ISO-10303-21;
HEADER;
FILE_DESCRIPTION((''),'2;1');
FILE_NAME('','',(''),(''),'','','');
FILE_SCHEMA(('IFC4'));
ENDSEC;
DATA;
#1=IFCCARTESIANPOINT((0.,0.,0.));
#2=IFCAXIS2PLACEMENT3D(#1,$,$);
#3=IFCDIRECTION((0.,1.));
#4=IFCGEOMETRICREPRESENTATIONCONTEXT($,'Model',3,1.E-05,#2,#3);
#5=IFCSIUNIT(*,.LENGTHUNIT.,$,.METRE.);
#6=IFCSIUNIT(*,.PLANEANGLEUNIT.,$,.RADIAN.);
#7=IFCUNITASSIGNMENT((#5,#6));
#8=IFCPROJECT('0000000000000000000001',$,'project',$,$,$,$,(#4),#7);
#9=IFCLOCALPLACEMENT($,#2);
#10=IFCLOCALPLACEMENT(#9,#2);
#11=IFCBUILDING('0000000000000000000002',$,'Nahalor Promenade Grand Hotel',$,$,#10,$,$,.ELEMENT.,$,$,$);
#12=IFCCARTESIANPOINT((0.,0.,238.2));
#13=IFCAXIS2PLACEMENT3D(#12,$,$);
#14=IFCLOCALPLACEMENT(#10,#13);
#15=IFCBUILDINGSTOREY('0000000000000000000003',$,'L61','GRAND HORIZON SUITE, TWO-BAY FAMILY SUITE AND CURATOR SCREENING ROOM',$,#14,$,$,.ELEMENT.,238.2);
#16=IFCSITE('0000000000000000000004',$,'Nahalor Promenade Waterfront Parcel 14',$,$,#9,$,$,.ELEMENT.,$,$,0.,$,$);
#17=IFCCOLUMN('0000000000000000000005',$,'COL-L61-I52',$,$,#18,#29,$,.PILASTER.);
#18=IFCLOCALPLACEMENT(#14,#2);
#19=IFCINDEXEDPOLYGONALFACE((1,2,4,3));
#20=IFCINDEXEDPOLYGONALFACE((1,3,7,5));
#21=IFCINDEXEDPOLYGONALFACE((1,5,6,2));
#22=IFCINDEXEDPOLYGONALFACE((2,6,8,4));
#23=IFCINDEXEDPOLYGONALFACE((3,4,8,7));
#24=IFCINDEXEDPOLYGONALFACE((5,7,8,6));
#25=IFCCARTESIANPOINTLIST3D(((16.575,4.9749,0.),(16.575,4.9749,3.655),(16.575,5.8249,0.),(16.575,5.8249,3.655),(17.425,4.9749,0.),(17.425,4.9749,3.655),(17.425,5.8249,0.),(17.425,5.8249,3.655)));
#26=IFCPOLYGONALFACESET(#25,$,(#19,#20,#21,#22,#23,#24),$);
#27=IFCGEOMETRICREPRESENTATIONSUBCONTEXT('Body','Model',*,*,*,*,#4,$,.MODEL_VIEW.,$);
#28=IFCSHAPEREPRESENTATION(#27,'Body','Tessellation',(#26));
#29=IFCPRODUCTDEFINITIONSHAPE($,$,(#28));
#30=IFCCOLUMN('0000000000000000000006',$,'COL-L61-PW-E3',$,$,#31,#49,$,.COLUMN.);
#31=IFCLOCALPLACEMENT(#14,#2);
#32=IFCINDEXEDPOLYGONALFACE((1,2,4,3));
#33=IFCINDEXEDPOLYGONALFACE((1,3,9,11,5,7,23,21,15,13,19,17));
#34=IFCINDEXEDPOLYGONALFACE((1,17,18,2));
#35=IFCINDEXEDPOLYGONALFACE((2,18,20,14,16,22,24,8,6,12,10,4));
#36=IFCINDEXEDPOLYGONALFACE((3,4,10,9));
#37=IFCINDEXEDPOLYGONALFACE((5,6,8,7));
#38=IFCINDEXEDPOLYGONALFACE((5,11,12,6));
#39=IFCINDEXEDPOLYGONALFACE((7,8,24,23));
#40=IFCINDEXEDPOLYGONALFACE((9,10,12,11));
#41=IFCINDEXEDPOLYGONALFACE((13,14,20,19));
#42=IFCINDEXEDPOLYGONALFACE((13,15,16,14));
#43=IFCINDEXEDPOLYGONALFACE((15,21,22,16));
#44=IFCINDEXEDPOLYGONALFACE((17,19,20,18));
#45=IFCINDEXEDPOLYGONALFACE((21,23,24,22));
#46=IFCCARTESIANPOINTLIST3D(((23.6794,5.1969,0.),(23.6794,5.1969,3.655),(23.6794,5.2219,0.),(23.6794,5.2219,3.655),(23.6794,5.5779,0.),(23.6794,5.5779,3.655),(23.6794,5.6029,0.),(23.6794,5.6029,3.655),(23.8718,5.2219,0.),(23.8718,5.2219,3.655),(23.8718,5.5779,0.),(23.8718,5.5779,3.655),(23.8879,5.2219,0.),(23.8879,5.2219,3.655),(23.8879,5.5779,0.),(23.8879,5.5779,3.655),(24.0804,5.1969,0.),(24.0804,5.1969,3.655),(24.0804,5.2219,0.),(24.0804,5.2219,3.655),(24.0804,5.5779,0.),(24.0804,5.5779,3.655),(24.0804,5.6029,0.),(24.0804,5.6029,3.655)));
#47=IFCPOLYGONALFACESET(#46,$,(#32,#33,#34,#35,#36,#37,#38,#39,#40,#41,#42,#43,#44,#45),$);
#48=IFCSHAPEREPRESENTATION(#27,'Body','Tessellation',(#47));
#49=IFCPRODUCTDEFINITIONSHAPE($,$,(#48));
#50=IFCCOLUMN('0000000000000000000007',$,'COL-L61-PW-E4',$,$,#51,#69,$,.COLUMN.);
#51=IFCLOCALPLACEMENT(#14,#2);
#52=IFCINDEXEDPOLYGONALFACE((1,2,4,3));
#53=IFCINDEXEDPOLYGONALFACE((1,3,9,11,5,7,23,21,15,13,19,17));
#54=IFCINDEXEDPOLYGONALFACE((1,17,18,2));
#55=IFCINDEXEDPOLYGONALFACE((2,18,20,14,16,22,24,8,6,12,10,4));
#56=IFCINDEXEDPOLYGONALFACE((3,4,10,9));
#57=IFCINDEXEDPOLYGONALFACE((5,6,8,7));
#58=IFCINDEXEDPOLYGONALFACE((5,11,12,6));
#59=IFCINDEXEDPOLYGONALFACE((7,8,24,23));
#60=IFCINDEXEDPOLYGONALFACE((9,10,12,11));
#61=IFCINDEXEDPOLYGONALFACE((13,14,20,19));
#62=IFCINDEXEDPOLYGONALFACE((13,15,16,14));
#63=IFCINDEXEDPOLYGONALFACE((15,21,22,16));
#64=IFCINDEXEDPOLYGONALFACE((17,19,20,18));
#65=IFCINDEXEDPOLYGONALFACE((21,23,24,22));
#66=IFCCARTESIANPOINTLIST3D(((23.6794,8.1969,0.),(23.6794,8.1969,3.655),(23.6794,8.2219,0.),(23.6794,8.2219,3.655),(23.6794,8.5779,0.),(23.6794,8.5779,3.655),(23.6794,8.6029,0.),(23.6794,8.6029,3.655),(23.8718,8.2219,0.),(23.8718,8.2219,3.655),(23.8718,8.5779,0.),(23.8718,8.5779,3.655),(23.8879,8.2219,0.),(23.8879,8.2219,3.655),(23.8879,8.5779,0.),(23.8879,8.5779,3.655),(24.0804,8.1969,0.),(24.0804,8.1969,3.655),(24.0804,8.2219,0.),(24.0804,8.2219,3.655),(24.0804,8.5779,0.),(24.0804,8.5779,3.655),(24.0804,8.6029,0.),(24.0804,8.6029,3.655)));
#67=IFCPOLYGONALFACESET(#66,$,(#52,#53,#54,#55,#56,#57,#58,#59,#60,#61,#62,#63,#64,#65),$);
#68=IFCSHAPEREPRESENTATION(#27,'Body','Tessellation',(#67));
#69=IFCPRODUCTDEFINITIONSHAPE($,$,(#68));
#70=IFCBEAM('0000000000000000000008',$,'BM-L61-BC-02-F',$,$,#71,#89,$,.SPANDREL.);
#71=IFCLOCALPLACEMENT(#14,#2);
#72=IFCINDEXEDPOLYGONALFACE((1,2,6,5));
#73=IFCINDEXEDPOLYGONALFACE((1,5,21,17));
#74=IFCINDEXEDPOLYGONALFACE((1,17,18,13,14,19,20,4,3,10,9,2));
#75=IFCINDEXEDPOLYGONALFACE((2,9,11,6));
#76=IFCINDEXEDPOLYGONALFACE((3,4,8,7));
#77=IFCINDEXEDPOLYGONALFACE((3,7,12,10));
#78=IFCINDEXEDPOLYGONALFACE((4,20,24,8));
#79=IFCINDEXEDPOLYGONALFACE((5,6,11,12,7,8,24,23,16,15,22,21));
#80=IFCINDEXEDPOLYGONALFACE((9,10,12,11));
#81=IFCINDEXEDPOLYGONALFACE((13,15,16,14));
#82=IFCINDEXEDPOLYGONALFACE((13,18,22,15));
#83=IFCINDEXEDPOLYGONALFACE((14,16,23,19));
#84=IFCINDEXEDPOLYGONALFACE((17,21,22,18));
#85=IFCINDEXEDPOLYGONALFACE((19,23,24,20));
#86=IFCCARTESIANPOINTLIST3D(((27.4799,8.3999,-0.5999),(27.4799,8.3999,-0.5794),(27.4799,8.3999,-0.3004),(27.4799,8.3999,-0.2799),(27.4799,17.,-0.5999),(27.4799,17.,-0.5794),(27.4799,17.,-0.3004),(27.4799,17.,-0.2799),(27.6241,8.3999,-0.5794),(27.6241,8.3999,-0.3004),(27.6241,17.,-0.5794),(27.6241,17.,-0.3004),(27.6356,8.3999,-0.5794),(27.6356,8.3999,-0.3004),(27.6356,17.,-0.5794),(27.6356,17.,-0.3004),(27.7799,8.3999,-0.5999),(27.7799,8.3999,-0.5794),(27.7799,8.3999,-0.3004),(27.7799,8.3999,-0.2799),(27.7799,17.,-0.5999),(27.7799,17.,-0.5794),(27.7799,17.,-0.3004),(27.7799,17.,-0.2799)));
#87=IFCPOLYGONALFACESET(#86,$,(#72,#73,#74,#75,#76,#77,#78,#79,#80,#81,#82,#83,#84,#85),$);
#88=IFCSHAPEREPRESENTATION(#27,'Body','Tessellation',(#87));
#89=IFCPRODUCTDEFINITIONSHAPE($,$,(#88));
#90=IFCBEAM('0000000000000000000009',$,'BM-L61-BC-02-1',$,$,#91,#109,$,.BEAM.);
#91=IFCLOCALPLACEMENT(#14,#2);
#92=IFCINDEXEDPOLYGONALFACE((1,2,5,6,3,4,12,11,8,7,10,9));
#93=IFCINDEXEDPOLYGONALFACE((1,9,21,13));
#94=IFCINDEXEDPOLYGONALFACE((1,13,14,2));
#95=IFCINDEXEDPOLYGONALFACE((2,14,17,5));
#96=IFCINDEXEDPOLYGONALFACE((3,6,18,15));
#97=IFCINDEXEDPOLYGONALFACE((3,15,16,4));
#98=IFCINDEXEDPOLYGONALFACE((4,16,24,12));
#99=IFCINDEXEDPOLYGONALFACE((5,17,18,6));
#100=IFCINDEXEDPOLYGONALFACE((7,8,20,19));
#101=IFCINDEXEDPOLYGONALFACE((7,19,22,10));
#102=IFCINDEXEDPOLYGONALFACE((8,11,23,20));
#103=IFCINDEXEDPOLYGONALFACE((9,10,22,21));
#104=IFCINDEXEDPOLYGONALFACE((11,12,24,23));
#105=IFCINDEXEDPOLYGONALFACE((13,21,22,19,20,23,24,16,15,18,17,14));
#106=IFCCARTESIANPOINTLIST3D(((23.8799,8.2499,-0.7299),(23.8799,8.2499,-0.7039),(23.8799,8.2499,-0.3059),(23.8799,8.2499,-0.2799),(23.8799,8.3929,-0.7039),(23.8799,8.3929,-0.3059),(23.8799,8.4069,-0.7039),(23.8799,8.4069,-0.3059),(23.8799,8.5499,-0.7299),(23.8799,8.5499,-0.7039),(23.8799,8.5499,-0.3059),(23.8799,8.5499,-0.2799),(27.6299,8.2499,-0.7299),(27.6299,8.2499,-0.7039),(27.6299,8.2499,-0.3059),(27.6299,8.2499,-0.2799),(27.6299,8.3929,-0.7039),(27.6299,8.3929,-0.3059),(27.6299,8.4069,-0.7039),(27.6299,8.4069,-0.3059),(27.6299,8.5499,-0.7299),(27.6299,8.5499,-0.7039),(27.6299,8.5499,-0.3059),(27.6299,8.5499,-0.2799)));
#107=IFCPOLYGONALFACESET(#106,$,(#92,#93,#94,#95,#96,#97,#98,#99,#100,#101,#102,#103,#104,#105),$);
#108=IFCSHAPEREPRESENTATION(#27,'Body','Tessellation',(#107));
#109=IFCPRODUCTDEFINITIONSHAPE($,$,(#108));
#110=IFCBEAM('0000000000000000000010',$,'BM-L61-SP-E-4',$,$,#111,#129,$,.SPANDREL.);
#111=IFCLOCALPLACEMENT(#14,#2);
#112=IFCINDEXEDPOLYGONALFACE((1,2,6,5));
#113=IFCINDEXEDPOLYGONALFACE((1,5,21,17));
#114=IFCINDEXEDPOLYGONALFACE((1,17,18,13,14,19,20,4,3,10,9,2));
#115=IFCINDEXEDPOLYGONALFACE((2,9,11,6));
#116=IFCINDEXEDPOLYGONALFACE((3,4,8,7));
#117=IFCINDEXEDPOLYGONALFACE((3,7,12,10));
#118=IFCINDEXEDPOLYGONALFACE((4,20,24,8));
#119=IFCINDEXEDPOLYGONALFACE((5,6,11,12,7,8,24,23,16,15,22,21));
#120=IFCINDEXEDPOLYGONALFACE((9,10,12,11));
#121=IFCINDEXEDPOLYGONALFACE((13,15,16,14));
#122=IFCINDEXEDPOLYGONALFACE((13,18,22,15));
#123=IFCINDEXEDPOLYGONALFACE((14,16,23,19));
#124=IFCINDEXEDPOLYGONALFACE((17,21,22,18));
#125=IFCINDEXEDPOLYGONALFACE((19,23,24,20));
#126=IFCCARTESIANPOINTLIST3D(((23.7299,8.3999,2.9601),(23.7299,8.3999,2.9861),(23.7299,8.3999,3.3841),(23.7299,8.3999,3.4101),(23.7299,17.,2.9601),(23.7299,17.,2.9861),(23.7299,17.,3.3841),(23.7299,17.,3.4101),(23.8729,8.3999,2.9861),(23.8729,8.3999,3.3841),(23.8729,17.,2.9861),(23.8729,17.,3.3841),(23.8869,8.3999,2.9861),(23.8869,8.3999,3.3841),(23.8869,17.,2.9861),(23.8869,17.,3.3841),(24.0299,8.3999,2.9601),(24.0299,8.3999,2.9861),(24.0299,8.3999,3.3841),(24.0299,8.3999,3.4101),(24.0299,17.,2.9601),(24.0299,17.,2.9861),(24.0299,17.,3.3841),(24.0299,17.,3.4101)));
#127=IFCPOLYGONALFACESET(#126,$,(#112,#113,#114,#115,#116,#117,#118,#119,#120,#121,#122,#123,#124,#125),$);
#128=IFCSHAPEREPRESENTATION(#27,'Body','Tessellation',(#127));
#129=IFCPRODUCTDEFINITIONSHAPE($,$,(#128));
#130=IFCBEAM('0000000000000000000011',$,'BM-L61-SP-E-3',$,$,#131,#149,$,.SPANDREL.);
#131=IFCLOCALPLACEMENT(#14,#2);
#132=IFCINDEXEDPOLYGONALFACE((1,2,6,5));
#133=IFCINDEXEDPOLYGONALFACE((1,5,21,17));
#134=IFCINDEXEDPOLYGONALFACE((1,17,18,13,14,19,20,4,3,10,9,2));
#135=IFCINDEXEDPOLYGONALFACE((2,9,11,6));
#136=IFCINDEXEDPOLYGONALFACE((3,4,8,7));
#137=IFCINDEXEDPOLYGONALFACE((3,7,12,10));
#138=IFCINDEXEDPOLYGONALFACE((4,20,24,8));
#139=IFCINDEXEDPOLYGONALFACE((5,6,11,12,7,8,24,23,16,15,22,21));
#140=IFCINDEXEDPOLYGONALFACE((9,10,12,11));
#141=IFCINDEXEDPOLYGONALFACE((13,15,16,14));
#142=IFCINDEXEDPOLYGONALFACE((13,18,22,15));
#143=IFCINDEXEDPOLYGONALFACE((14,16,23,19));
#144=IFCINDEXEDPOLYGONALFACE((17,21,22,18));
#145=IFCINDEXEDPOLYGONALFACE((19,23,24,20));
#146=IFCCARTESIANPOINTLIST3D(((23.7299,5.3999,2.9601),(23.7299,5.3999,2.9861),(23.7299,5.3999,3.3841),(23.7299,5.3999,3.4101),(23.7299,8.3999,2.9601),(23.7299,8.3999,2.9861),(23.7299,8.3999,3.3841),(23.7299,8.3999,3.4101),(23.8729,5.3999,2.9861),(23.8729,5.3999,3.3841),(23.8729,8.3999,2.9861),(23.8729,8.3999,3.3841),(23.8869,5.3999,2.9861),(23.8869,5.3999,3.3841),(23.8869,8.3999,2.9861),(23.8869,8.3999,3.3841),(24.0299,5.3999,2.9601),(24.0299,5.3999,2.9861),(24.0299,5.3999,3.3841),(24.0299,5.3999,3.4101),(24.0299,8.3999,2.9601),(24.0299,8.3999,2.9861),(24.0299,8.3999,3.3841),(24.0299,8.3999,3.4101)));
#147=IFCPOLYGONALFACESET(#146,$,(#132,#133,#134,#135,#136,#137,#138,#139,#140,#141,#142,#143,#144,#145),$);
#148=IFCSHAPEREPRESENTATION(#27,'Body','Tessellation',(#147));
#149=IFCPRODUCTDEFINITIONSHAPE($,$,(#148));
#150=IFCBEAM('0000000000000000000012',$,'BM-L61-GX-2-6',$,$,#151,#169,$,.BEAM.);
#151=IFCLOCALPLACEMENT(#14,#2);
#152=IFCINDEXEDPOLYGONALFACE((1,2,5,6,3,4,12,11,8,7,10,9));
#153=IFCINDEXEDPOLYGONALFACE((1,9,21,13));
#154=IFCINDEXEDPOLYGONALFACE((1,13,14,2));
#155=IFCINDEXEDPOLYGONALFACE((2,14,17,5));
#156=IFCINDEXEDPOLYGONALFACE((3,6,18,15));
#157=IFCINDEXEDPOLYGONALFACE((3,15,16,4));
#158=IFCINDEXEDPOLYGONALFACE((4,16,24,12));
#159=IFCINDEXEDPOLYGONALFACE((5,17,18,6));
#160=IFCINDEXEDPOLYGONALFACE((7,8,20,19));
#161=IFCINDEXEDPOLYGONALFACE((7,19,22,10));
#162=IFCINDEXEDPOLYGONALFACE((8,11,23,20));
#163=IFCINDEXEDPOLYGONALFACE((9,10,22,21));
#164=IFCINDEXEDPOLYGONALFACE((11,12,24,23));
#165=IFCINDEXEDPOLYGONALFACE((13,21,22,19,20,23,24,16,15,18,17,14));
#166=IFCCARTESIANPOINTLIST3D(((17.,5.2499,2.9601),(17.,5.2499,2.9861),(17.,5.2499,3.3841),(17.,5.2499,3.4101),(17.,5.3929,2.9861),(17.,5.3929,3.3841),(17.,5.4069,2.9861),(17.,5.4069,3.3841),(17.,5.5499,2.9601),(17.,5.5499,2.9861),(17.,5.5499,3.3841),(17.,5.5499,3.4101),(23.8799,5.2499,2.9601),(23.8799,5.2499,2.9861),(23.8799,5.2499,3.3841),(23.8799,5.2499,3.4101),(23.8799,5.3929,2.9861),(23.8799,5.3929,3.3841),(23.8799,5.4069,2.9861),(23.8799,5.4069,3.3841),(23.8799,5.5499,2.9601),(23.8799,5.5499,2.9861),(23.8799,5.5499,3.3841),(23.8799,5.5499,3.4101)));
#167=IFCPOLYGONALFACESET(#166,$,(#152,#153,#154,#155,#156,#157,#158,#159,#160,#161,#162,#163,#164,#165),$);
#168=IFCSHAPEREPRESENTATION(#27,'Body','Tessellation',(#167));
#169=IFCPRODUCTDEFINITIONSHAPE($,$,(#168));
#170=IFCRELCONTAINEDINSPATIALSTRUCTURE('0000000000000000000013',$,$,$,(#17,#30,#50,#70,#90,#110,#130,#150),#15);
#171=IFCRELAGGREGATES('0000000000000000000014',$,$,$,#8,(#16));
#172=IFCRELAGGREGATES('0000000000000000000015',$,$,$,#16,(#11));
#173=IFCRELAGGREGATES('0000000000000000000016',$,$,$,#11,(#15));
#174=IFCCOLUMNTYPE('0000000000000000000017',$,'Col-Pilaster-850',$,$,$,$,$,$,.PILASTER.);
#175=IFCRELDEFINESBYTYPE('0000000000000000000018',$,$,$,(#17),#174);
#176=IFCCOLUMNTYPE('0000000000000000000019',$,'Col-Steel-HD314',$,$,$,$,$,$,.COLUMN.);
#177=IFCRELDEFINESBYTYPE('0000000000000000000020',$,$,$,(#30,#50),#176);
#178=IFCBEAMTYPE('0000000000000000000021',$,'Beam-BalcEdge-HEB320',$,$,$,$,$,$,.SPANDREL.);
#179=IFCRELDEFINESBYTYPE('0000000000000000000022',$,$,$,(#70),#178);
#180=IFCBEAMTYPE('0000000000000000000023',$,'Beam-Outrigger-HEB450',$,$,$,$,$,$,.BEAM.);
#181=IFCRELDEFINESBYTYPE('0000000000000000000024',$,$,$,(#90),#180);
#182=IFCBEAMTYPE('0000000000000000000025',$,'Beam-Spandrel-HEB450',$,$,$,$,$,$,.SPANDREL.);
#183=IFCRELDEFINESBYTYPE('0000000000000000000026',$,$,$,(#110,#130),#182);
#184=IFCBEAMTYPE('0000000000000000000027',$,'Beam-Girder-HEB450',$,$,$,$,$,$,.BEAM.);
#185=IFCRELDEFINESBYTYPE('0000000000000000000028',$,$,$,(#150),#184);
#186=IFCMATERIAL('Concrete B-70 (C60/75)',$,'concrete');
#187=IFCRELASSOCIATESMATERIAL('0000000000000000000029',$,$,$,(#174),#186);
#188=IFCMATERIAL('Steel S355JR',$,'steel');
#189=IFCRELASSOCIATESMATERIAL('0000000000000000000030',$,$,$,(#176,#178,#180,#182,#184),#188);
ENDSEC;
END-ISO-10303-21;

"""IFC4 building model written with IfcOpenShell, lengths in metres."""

from ifc_helpers import new_model, si_unit, direction, frame, origin, origin_2d, place, context, subcontext, project, spatial, rectangle, i_section, extrude, source, transform, mapped, material, material_profile, profile_set, type_object, element, save


model = new_model("IFC4")

# Units and contexts
model_context = context("Model", 3, precision=1e-05, world=origin(), true_north=direction((0.0, 1.0)))
body_context = subcontext(model_context, "Body", "Model", "MODEL_VIEW")
ifc_project = project(units=[si_unit("LENGTHUNIT", "METRE"), si_unit("PLANEANGLEUNIT", "RADIAN")], contexts=[model_context])

# Site, building, storey
site_placement = place(None, origin())
site = spatial("IfcSite", under=ifc_project, at=site_placement, Name="Nahalor Promenade Waterfront Parcel 14", CompositionType="ELEMENT", RefElevation=0.0)
building_placement = place(site_placement, origin())
building = spatial("IfcBuilding", under=site, at=building_placement, Name="Nahalor Promenade Grand Hotel", CompositionType="ELEMENT")
storey_placement = place(building_placement, frame((0.0, 0.0, 238.2)))
storey = spatial("IfcBuildingStorey", under=building, at=storey_placement, Name="L61", Description="GRAND HORIZON SUITE, TWO-BAY FAMILY SUITE AND CURATOR SCREENING ROOM", CompositionType="ELEMENT", Elevation=238.2)

# Columns
ifc_material_1 = material(Name="Concrete B-70 (C60/75)", Category="concrete")
ifc_material_profile_1 = material_profile(ifc_material_1, rectangle(XDim=0.85, YDim=0.85, at=origin_2d()), Name="RC 850x850")
ifc_profile_set_1 = profile_set([ifc_material_profile_1], Name="Concrete B-70 (C60/75)")
column_type_1 = type_object("IfcColumnType", Name="Col-Pilaster-850", PredefinedType="PILASTER", material=ifc_profile_set_1)
shared_shape_1 = source(origin(), body_context, "Body", "SweptSolid", [
    extrude(rectangle(XDim=0.85, YDim=0.85, at=origin_2d()), origin(), (0.0, 0.0, 1.0), 3.655),
])
column_placement = place(storey_placement, frame((17.0, 5.3999, 0.0), z_axis=(0.0, 0.0, 1.0), x_axis=(1.0, 0.0, 0.0)))
element("IfcColumn", 1, at=column_placement, inside=storey, type_object=column_type_1, Name="COL-L61-I52", PredefinedType="PILASTER", context=body_context, shape_type="MappedRepresentation", body=[
    mapped(shared_shape_1, transform((0.0, 0.0, 0.0), scale=1.0)),
])
ifc_material_2 = material(Name="Steel S355JR", Category="steel")
ifc_material_profile_2 = material_profile(ifc_material_2, i_section(OverallWidth=0.401, OverallDepth=0.406, WebThickness=0.0161, FlangeThickness=0.025, at=origin_2d()), Name="HD 400x314")
ifc_profile_set_2 = profile_set([ifc_material_profile_2], Name="Steel S355JR")
column_type_2 = type_object("IfcColumnType", Name="Col-Steel-HD314", PredefinedType="COLUMN", material=ifc_profile_set_2)
shared_shape_2 = source(origin(), body_context, "Body", "SweptSolid", [
    extrude(i_section(OverallWidth=0.401, OverallDepth=0.406, WebThickness=0.0161, FlangeThickness=0.025, at=origin_2d()), origin(), (0.0, 0.0, 1.0), 3.655),
])
for number, where, z_axis, x_axis, name in (
    (2, (23.8799, 5.3999, 0.0), (0.0, 0.0, 1.0), (1.0, 0.0, 0.0), "COL-L61-PW-E3"),
    (3, (23.8799, 8.3999, 0.0), (0.0, 0.0, 1.0), (1.0, 0.0, 0.0), "COL-L61-PW-E4"),
):
    element("IfcColumn", number, at=place(storey_placement, frame(where, z_axis=z_axis, x_axis=x_axis)), inside=storey, type_object=column_type_2, Name=name, PredefinedType="COLUMN", context=body_context, shape_type="MappedRepresentation", body=[
        mapped(shared_shape_2, transform((0.0, 0.0, 0.0), scale=1.0)),
    ])

# Beams
ifc_material_profile_3 = material_profile(ifc_material_2, i_section(OverallWidth=0.3, OverallDepth=0.32, WebThickness=0.0115, FlangeThickness=0.0205, at=origin_2d()), Name="HEB 320")
ifc_profile_set_3 = profile_set([ifc_material_profile_3], Name="Steel S355JR")
beam_type_1 = type_object("IfcBeamType", Name="Beam-BalcEdge-HEB320", PredefinedType="SPANDREL", material=ifc_profile_set_3)
shared_shape_3 = source(origin(), body_context, "Body", "SweptSolid", [
    extrude(i_section(OverallWidth=0.3, OverallDepth=0.32, WebThickness=0.0115, FlangeThickness=0.0205, at=origin_2d()), origin(), (0.0, 0.0, 1.0), 8.6001),
])
beam_1_placement = place(storey_placement, frame((27.6299, 8.3999, -0.4399), z_axis=(0.0, 1.0, 0.0), x_axis=(-1.0, 0.0, 0.0)))
element("IfcBeam", 4, at=beam_1_placement, inside=storey, type_object=beam_type_1, Name="BM-L61-BC-02-F", PredefinedType="SPANDREL", context=body_context, shape_type="MappedRepresentation", body=[
    mapped(shared_shape_3, transform((0.0, 0.0, 0.0), scale=1.0)),
])
ifc_material_profile_4 = material_profile(ifc_material_2, i_section(OverallWidth=0.3, OverallDepth=0.45, WebThickness=0.014, FlangeThickness=0.026, at=origin_2d()), Name="HEB 450")
ifc_profile_set_4 = profile_set([ifc_material_profile_4], Name="Steel S355JR")
beam_type_2 = type_object("IfcBeamType", Name="Beam-Outrigger-HEB450", PredefinedType="BEAM", material=ifc_profile_set_4)
shared_shape_4 = source(origin(), body_context, "Body", "SweptSolid", [
    extrude(i_section(OverallWidth=0.3, OverallDepth=0.45, WebThickness=0.014, FlangeThickness=0.026, at=origin_2d()), origin(), (0.0, 0.0, 1.0), 3.75),
])
beam_2_placement = place(storey_placement, frame((23.8799, 8.3999, -0.5049), z_axis=(1.0, 0.0, 0.0), x_axis=(0.0, 1.0, 0.0)))
element("IfcBeam", 5, at=beam_2_placement, inside=storey, type_object=beam_type_2, Name="BM-L61-BC-02-1", PredefinedType="BEAM", context=body_context, shape_type="MappedRepresentation", body=[
    mapped(shared_shape_4, transform((0.0, 0.0, 0.0), scale=1.0)),
])
ifc_material_profile_5 = material_profile(ifc_material_2, i_section(OverallWidth=0.3, OverallDepth=0.45, WebThickness=0.014, FlangeThickness=0.026, at=origin_2d()), Name="HEB 450")
ifc_profile_set_5 = profile_set([ifc_material_profile_5], Name="Steel S355JR")
beam_type_3 = type_object("IfcBeamType", Name="Beam-Spandrel-HEB450", PredefinedType="SPANDREL", material=ifc_profile_set_5)
shared_shape_5 = source(origin(), body_context, "Body", "SweptSolid", [
    extrude(i_section(OverallWidth=0.3, OverallDepth=0.45, WebThickness=0.014, FlangeThickness=0.026, at=origin_2d()), origin(), (0.0, 0.0, 1.0), 8.6001),
])
beam_3_placement = place(storey_placement, frame((23.8799, 8.3999, 3.1851), z_axis=(0.0, 1.0, 0.0), x_axis=(-1.0, 0.0, 0.0)))
element("IfcBeam", 6, at=beam_3_placement, inside=storey, type_object=beam_type_3, Name="BM-L61-SP-E-4", PredefinedType="SPANDREL", context=body_context, shape_type="MappedRepresentation", body=[
    mapped(shared_shape_5, transform((0.0, 0.0, 0.0), scale=1.0)),
])
shared_shape_6 = source(origin(), body_context, "Body", "SweptSolid", [
    extrude(i_section(OverallWidth=0.3, OverallDepth=0.45, WebThickness=0.014, FlangeThickness=0.026, at=origin_2d()), origin(), (0.0, 0.0, 1.0), 3.0),
])
beam_4_placement = place(storey_placement, frame((23.8799, 5.3999, 3.1851), z_axis=(0.0, 1.0, 0.0), x_axis=(-1.0, 0.0, 0.0)))
element("IfcBeam", 7, at=beam_4_placement, inside=storey, type_object=beam_type_3, Name="BM-L61-SP-E-3", PredefinedType="SPANDREL", context=body_context, shape_type="MappedRepresentation", body=[
    mapped(shared_shape_6, transform((0.0, 0.0, 0.0), scale=1.0)),
])
ifc_material_profile_6 = material_profile(ifc_material_2, i_section(OverallWidth=0.3, OverallDepth=0.45, WebThickness=0.014, FlangeThickness=0.026, at=origin_2d()), Name="HEB 450")
ifc_profile_set_6 = profile_set([ifc_material_profile_6], Name="Steel S355JR")
beam_type_4 = type_object("IfcBeamType", Name="Beam-Girder-HEB450", PredefinedType="BEAM", material=ifc_profile_set_6)
shared_shape_7 = source(origin(), body_context, "Body", "SweptSolid", [
    extrude(i_section(OverallWidth=0.3, OverallDepth=0.45, WebThickness=0.014, FlangeThickness=0.026, at=origin_2d()), origin(), (0.0, 0.0, 1.0), 6.8799),
])
beam_5_placement = place(storey_placement, frame((17.0, 5.3999, 3.1851), z_axis=(1.0, 0.0, 0.0), x_axis=(0.0, 1.0, 0.0)))
element("IfcBeam", 8, at=beam_5_placement, inside=storey, type_object=beam_type_4, Name="BM-L61-GX-2-6", PredefinedType="BEAM", context=body_context, shape_type="MappedRepresentation", body=[
    mapped(shared_shape_7, transform((0.0, 0.0, 0.0), scale=1.0)),
])

save(model, "model.ifc")
